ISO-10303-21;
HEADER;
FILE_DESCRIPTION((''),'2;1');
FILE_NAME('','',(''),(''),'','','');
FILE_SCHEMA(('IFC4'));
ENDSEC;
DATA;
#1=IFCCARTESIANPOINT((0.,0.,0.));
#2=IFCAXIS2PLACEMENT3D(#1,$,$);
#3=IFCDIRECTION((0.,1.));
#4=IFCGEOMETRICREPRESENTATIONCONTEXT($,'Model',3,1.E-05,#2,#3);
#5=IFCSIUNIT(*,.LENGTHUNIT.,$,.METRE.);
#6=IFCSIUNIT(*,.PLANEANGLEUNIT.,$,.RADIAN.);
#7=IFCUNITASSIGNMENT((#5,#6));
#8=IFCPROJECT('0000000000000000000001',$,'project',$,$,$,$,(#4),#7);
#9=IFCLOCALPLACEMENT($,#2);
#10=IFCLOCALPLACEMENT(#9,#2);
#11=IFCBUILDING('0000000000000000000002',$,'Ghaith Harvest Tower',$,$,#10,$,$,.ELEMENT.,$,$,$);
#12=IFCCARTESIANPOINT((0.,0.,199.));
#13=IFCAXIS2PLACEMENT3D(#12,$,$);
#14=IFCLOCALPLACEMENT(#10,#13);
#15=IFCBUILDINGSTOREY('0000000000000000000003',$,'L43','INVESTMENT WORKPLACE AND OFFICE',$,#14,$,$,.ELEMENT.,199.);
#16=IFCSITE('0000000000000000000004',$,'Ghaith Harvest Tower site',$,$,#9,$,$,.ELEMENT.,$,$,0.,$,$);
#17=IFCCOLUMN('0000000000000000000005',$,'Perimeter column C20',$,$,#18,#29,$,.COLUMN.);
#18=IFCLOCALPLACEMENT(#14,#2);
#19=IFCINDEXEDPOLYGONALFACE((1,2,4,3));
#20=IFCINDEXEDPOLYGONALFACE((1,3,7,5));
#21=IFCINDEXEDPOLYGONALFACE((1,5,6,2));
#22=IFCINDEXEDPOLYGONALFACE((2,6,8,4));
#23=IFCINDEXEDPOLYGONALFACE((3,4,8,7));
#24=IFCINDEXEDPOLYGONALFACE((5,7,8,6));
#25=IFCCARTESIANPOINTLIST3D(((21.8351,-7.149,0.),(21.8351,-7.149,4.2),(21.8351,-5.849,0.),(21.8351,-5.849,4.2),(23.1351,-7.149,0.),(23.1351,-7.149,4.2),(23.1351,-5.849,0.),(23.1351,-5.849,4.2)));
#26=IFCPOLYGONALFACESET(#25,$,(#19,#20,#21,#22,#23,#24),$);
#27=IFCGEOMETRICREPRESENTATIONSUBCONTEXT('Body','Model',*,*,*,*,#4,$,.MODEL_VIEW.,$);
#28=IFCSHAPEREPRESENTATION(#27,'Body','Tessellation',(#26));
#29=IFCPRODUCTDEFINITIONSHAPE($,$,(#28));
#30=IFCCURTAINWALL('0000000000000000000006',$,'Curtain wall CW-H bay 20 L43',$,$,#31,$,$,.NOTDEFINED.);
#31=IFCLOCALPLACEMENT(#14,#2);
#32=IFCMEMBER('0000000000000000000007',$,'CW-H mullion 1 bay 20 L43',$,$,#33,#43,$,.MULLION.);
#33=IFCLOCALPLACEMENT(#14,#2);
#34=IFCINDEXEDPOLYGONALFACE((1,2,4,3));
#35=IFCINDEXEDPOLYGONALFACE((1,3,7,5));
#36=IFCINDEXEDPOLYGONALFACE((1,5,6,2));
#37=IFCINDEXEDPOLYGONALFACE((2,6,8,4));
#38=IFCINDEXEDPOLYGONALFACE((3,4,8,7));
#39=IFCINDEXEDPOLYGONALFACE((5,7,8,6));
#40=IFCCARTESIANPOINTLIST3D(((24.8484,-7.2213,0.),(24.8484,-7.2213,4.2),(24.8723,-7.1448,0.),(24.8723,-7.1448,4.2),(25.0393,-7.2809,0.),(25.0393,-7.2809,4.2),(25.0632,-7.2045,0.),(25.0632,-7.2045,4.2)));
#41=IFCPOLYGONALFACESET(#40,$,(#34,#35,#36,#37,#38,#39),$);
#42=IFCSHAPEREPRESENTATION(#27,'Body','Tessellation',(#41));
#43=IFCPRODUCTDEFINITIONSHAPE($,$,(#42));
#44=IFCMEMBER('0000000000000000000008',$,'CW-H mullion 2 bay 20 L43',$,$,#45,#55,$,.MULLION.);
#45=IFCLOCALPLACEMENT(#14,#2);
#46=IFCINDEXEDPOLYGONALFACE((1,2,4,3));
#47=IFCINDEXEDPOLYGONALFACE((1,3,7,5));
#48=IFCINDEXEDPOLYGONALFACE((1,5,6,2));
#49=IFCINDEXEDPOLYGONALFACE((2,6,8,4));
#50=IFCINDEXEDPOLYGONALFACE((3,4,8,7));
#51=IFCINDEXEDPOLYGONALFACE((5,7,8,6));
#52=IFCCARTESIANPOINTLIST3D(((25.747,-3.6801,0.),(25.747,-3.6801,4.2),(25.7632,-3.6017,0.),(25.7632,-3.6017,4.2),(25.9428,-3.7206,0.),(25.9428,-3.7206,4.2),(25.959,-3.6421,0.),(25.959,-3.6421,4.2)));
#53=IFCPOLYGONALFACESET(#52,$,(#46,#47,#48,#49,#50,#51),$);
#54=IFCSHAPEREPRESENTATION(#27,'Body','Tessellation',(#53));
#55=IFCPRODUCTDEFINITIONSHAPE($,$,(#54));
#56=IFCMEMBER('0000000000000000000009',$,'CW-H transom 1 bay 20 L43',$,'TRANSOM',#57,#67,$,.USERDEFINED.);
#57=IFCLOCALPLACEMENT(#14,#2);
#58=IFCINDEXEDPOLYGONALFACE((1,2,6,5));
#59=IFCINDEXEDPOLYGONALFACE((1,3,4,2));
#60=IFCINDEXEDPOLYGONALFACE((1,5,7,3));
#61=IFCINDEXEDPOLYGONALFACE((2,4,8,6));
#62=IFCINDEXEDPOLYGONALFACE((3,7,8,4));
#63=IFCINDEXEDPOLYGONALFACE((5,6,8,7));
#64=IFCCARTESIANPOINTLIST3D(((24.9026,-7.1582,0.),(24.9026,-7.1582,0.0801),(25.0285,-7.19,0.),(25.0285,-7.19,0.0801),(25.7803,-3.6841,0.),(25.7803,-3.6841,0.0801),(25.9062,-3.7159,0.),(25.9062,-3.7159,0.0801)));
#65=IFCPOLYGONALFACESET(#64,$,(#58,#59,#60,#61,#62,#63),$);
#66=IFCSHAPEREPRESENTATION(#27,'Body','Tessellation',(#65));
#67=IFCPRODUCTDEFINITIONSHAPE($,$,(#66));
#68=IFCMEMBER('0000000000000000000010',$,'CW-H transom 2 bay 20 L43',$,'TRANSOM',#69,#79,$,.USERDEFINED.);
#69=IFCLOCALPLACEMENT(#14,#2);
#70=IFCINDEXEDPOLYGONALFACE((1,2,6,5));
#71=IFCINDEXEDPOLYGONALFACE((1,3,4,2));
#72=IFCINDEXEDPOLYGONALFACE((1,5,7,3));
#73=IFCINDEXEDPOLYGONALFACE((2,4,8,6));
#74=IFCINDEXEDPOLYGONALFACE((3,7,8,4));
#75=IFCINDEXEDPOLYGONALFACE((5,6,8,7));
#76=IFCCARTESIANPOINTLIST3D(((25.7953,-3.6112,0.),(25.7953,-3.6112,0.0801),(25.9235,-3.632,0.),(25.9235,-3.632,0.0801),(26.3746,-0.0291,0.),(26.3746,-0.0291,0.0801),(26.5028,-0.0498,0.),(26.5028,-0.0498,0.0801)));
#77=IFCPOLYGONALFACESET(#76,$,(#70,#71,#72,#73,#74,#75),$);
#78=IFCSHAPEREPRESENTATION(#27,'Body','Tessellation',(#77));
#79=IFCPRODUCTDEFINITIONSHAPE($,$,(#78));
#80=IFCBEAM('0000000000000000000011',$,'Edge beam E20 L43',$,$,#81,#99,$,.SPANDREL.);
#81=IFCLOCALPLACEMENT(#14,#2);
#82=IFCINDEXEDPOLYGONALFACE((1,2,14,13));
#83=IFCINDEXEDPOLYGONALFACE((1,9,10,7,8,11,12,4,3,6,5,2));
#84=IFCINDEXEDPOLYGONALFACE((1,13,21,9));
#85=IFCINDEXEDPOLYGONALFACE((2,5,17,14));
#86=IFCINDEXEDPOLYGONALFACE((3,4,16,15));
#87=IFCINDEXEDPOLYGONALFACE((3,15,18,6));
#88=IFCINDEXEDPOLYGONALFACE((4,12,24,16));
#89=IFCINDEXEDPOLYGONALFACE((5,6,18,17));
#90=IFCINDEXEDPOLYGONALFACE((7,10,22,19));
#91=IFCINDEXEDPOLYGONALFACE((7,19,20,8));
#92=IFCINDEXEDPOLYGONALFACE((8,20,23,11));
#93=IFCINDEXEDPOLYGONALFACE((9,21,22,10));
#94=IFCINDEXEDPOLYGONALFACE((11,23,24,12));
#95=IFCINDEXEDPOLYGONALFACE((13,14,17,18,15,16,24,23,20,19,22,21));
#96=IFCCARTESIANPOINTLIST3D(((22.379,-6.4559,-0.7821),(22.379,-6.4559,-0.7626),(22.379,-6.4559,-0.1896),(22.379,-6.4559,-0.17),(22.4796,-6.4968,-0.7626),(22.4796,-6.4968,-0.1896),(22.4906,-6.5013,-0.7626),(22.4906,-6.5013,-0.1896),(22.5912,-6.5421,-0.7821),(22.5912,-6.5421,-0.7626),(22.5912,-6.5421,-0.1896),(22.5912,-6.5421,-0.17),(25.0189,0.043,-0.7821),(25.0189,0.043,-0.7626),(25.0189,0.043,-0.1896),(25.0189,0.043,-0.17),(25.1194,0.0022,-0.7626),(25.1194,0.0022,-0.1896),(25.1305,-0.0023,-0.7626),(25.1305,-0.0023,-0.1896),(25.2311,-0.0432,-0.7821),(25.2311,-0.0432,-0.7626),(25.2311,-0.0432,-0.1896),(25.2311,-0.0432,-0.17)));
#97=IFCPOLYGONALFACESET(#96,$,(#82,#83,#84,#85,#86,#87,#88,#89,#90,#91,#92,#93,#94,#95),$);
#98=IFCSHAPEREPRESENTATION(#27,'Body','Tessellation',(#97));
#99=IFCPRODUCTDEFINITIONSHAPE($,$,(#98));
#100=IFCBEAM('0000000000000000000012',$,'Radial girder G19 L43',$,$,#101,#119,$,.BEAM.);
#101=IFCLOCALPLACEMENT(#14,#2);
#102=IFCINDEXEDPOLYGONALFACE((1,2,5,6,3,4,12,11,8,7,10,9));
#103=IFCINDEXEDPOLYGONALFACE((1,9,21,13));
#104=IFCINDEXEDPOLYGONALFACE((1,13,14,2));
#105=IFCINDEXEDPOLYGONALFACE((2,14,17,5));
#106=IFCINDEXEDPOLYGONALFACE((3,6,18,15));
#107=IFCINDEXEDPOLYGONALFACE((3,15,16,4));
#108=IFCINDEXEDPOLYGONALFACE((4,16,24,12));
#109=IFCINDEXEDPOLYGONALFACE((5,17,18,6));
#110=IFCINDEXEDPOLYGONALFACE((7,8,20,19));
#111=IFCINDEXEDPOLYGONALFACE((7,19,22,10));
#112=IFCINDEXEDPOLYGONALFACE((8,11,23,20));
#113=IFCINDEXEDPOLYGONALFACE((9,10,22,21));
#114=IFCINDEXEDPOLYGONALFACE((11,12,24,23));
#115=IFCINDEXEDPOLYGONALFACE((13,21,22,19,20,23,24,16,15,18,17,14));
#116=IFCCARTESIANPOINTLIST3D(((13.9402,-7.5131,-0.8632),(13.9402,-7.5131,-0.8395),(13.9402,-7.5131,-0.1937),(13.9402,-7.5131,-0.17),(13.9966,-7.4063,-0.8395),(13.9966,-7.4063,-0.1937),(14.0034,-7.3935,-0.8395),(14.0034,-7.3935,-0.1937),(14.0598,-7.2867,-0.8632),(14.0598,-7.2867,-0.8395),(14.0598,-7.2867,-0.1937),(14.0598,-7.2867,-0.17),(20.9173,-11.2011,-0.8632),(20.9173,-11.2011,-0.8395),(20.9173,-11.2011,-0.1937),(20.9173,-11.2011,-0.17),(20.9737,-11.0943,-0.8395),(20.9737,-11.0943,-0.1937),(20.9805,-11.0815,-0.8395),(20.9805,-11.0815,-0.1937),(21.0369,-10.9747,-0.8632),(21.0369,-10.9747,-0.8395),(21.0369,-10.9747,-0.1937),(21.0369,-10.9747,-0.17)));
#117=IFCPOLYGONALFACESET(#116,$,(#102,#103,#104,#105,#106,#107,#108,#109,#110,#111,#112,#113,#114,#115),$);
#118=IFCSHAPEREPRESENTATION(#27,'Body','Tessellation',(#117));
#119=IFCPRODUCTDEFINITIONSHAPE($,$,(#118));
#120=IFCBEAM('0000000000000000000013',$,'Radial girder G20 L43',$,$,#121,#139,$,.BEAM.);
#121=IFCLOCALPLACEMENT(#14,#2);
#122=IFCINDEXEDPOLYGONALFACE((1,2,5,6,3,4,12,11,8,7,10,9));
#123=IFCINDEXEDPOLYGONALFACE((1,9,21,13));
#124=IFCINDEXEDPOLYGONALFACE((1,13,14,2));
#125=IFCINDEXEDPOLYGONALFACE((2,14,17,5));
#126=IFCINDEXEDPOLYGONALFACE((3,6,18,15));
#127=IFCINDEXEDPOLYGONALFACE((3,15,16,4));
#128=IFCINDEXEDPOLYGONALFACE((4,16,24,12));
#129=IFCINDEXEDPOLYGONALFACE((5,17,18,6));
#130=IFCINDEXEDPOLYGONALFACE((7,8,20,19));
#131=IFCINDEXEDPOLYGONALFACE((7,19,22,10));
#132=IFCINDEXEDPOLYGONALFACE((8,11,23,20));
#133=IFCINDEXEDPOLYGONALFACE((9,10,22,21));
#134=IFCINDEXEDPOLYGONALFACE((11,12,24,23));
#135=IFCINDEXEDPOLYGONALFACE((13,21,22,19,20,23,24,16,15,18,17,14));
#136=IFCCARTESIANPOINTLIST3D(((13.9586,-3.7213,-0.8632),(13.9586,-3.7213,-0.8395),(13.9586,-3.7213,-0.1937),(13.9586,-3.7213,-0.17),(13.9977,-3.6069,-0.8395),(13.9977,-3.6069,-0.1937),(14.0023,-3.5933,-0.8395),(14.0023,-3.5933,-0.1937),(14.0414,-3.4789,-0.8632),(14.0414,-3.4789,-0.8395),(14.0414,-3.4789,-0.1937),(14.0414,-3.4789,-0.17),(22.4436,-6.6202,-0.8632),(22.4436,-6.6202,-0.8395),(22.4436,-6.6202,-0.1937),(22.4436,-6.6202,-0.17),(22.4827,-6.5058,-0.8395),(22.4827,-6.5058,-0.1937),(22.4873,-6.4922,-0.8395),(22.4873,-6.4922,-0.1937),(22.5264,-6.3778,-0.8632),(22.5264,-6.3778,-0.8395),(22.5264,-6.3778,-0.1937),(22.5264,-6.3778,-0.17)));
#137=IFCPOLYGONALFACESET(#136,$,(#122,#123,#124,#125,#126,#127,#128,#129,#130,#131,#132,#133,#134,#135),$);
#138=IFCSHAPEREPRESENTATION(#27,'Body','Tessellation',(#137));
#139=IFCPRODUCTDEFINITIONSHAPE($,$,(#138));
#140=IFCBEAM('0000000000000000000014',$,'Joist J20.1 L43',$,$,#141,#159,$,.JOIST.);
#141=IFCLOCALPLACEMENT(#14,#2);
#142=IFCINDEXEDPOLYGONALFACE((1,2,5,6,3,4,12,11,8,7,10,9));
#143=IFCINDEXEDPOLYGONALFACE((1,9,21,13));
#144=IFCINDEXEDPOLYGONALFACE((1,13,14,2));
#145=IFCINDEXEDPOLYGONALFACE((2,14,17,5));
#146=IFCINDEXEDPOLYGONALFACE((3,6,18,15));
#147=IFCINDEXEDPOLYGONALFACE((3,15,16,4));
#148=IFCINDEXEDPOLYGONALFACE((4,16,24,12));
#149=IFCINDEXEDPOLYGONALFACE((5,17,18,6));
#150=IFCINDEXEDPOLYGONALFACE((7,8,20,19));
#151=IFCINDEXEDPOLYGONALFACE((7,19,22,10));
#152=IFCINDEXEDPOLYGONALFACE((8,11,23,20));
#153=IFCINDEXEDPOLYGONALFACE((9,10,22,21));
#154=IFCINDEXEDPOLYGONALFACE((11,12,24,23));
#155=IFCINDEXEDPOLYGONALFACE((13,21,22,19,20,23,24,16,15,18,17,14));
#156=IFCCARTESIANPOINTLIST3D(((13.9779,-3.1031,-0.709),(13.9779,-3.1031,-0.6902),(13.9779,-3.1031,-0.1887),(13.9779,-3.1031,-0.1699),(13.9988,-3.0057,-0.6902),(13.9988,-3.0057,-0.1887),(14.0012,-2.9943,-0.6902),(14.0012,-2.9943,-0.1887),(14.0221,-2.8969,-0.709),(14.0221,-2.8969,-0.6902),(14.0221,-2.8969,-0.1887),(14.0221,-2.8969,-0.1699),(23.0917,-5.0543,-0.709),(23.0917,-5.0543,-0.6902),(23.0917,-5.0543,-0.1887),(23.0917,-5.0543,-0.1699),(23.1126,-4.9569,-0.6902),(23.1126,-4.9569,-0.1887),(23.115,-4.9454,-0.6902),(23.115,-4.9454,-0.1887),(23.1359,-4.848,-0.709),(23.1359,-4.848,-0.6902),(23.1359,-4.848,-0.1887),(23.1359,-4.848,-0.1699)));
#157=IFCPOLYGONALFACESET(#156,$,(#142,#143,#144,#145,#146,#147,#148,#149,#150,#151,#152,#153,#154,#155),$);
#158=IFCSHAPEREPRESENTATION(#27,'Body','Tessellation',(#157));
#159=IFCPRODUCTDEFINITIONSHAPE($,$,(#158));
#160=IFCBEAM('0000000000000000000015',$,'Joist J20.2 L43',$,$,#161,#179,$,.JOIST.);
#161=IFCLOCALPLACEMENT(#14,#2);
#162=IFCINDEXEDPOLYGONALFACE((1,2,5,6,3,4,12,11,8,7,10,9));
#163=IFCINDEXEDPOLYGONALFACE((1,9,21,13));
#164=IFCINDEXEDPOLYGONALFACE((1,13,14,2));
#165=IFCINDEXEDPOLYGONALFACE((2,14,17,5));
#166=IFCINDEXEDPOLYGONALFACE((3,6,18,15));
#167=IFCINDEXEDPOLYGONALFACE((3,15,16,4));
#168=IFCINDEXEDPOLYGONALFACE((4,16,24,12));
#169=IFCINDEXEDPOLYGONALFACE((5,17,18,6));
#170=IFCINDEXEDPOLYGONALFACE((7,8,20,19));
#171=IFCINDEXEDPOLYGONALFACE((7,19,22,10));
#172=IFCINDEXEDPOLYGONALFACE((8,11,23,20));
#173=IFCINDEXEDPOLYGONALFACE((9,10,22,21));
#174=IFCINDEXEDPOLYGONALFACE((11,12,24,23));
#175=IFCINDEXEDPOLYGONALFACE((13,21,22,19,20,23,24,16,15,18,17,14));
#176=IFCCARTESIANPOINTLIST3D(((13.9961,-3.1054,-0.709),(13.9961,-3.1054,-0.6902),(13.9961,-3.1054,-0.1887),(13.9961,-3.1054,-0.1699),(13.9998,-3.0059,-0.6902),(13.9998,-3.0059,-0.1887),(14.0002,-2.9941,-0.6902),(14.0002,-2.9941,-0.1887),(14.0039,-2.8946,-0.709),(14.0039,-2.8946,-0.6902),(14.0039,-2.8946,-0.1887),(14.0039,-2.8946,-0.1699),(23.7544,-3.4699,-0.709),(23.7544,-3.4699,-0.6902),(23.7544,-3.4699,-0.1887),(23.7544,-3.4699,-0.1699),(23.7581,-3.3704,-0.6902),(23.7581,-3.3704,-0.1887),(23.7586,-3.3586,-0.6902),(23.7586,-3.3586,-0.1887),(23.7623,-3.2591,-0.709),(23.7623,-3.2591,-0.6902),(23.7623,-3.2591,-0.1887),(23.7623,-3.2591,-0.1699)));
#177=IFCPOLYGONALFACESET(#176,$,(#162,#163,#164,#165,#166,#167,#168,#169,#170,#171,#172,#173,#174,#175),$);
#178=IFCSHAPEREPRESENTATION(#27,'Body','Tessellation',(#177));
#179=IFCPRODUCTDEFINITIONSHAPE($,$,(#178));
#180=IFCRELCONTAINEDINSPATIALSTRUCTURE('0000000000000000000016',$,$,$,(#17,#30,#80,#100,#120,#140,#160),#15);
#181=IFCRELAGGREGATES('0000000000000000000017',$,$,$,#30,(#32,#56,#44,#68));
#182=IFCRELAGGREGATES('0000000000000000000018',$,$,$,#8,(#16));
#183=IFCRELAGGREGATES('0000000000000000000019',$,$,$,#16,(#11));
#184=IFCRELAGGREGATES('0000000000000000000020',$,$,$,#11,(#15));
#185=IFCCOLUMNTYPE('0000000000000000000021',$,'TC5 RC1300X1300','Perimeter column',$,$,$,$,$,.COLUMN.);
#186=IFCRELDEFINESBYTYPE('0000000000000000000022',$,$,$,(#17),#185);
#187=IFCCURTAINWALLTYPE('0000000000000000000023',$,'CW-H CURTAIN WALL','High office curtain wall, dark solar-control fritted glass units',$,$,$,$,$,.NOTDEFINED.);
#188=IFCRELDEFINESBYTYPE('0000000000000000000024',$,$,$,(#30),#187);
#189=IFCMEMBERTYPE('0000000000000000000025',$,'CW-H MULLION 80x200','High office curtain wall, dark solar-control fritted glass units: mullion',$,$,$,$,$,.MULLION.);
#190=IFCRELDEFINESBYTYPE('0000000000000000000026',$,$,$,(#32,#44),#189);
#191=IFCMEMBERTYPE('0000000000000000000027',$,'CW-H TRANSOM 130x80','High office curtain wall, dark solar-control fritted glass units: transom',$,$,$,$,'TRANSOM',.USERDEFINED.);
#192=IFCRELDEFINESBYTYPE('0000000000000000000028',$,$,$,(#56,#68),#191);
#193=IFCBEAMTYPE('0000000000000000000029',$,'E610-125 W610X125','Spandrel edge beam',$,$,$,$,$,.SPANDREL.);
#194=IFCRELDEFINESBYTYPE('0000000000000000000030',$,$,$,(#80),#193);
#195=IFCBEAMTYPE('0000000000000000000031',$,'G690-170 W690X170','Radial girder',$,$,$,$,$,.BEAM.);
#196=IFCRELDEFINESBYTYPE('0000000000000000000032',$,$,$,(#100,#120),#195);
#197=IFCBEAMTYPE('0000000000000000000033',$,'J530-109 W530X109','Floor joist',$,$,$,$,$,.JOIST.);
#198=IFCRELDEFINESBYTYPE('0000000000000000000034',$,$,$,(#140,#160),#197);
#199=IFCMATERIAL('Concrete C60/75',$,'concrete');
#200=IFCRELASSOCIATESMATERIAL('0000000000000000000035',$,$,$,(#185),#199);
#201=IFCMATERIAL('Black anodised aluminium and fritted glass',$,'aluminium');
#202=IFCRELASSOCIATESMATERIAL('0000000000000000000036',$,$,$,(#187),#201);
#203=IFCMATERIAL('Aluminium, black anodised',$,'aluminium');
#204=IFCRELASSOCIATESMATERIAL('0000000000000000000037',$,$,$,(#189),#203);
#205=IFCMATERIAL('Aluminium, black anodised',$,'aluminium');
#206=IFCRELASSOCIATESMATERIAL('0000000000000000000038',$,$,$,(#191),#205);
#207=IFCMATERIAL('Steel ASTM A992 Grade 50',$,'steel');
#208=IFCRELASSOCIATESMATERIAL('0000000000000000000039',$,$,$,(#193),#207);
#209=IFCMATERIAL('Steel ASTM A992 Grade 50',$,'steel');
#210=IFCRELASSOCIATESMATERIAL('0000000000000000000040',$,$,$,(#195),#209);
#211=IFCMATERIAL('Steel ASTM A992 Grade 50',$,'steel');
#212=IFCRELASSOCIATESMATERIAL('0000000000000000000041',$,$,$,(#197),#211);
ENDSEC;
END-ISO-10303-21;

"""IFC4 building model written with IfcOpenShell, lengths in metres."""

from ifc_helpers import new_model, si_unit, direction, frame, origin, origin_2d, place, context, subcontext, project, spatial, rectangle, i_section, extrude, material, material_profile, profile_set, type_object, element, aggregate, save


model = new_model("IFC4")

# Units and contexts
model_context = context("Model", 3, precision=1e-05, world=origin(), true_north=direction((0.0, 1.0)))
body_context = subcontext(model_context, "Body", "Model", "MODEL_VIEW")
ifc_project = project(units=[si_unit("LENGTHUNIT", "METRE"), si_unit("PLANEANGLEUNIT", "RADIAN")], contexts=[model_context])

# Site, building, storey
site_placement = place(None, origin())
site = spatial("IfcSite", under=ifc_project, at=site_placement, Name="Ghaith Harvest Tower site", CompositionType="ELEMENT", RefElevation=0.0)
building_placement = place(site_placement, origin())
building = spatial("IfcBuilding", under=site, at=building_placement, Name="Ghaith Harvest Tower", CompositionType="ELEMENT")
storey_placement = place(building_placement, frame((0.0, 0.0, 199.0)))
storey = spatial("IfcBuildingStorey", under=building, at=storey_placement, Name="L43", Description="INVESTMENT WORKPLACE AND OFFICE", CompositionType="ELEMENT", Elevation=199.0)

# Column
ifc_material_1 = material(Name="Concrete C60/75", Category="concrete")
ifc_material_profile_1 = material_profile(ifc_material_1, rectangle(XDim=1.3, YDim=1.3, at=origin_2d()), Name="RC1300X1300")
ifc_profile_set_1 = profile_set([ifc_material_profile_1], Name="Concrete C60/75")
column_type = type_object("IfcColumnType", Name="TC5 RC1300X1300", Description="Perimeter column", PredefinedType="COLUMN", material=ifc_profile_set_1)
column_placement = place(storey_placement, frame((22.4851, -6.499, 0.0), z_axis=(0.0, 0.0, 1.0), x_axis=(1.0, 0.0, 0.0)))
element("IfcColumn", 1, at=column_placement, inside=storey, type_object=column_type, Name="Perimeter column C20", PredefinedType="COLUMN", context=body_context, shape_type="SweptSolid", body=[
    extrude(rectangle(XDim=1.3, YDim=1.3, at=origin_2d()), origin(), (0.0, 0.0, 1.0), 4.2),
])

# Curtain wall, members
ifc_material_2 = material(Name="Black anodised aluminium and fritted glass", Category="aluminium")
curtain_wall_type = type_object("IfcCurtainWallType", Name="CW-H CURTAIN WALL", Description="High office curtain wall, dark solar-control fritted glass units", PredefinedType="NOTDEFINED", material=ifc_material_2)
curtain_wall_placement = place(storey_placement, origin())
curtain_wall = element("IfcCurtainWall", 2, at=curtain_wall_placement, inside=storey, type_object=curtain_wall_type, Name="Curtain wall CW-H bay 20 L43", PredefinedType="NOTDEFINED")
ifc_material_3 = material(Name="Aluminium, black anodised", Category="aluminium")
ifc_material_profile_2 = material_profile(ifc_material_3, rectangle(XDim=0.0801, YDim=0.2, at=origin_2d()), Name="CW-H MULLION 80x200")
ifc_profile_set_2 = profile_set([ifc_material_profile_2], Name="Aluminium, black anodised")
member_type_1 = type_object("IfcMemberType", Name="CW-H MULLION 80x200", Description="High office curtain wall, dark solar-control fritted glass units: mullion", PredefinedType="MULLION", material=ifc_profile_set_2)
member_1_placement = place(storey_placement, frame((24.9558, -7.2129, 0.0), z_axis=(0.0, 0.0, 1.0), x_axis=(0.298442, 0.954428, 0.0)))
member_1 = element("IfcMember", 3, at=member_1_placement, type_object=member_type_1, Name="CW-H mullion 1 bay 20 L43", PredefinedType="MULLION", context=body_context, shape_type="SweptSolid", body=[
    extrude(rectangle(XDim=0.0801, YDim=0.2, at=origin_2d()), origin(), (0.0, 0.0, 1.0), 4.2),
])
member_2_placement = place(storey_placement, frame((25.853, -3.6611, 0.0), z_axis=(0.0, 0.0, 1.0), x_axis=(0.202192, 0.979346, 0.0)))
member_2 = element("IfcMember", 4, at=member_2_placement, type_object=member_type_1, Name="CW-H mullion 2 bay 20 L43", PredefinedType="MULLION", context=body_context, shape_type="SweptSolid", body=[
    extrude(rectangle(XDim=0.0801, YDim=0.2, at=origin_2d()), origin(), (0.0, 0.0, 1.0), 4.2),
])
ifc_material_4 = material(Name="Aluminium, black anodised", Category="aluminium")
ifc_material_profile_3 = material_profile(ifc_material_4, rectangle(XDim=0.1299, YDim=0.0801, at=origin_2d()), Name="CW-H TRANSOM 130x80")
ifc_profile_set_3 = profile_set([ifc_material_profile_3], Name="Aluminium, black anodised")
member_type_2 = type_object("IfcMemberType", Name="CW-H TRANSOM 130x80", Description="High office curtain wall, dark solar-control fritted glass units: transom", ElementType="TRANSOM", PredefinedType="USERDEFINED", material=ifc_profile_set_3)
member_3_placement = place(storey_placement, frame((24.9656, -7.1741, 0.04), z_axis=(0.24494, 0.969538, 0.0), x_axis=(-0.969538, 0.24494, 0.0)))
member_3 = element("IfcMember", 5, at=member_3_placement, type_object=member_type_2, Name="CW-H transom 1 bay 20 L43", ObjectType="TRANSOM", PredefinedType="USERDEFINED", context=body_context, shape_type="SweptSolid", body=[
    extrude(rectangle(XDim=0.1299, YDim=0.0801, at=origin_2d()), origin(), (0.0, 0.0, 1.0), 3.5833),
])
member_4_placement = place(storey_placement, frame((25.8594, -3.6216, 0.04), z_axis=(0.159662, 0.987172, 0.0), x_axis=(-0.987172, 0.159662, 0.0)))
member_4 = element("IfcMember", 6, at=member_4_placement, type_object=member_type_2, Name="CW-H transom 2 bay 20 L43", ObjectType="TRANSOM", PredefinedType="USERDEFINED", context=body_context, shape_type="SweptSolid", body=[
    extrude(rectangle(XDim=0.1299, YDim=0.0801, at=origin_2d()), origin(), (0.0, 0.0, 1.0), 3.6287),
])

# Beams
ifc_material_5 = material(Name="Steel ASTM A992 Grade 50", Category="steel")
ifc_material_profile_4 = material_profile(ifc_material_5, i_section(OverallWidth=0.229, OverallDepth=0.6121, WebThickness=0.012, FlangeThickness=0.0195, at=origin_2d()), Name="W610X125")
ifc_profile_set_4 = profile_set([ifc_material_profile_4], Name="Steel ASTM A992 Grade 50")
beam_type_1 = type_object("IfcBeamType", Name="E610-125 W610X125", Description="Spandrel edge beam", PredefinedType="SPANDREL", material=ifc_profile_set_4)
beam_1_placement = place(storey_placement, frame((22.4851, -6.499, -0.4761), z_axis=(0.376336, 0.926483, 0.0), x_axis=(-0.926483, 0.376336, 0.0)))
element("IfcBeam", 7, at=beam_1_placement, inside=storey, type_object=beam_type_1, Name="Edge beam E20 L43", PredefinedType="SPANDREL", context=body_context, shape_type="SweptSolid", body=[
    extrude(i_section(OverallWidth=0.229, OverallDepth=0.6121, WebThickness=0.012, FlangeThickness=0.0195, at=origin_2d()), origin(), (0.0, 0.0, 1.0), 7.0146),
])
ifc_material_6 = material(Name="Steel ASTM A992 Grade 50", Category="steel")
ifc_material_profile_5 = material_profile(ifc_material_6, i_section(OverallWidth=0.2561, OverallDepth=0.6931, WebThickness=0.0144, FlangeThickness=0.0237, at=origin_2d()), Name="W690X170")
ifc_profile_set_5 = profile_set([ifc_material_profile_5], Name="Steel ASTM A992 Grade 50")
beam_type_2 = type_object("IfcBeamType", Name="G690-170 W690X170", Description="Radial girder", PredefinedType="BEAM", material=ifc_profile_set_5)
beam_2_placement = place(storey_placement, frame((14.0, -7.3999, -0.5166), z_axis=(0.884089, -0.467319, 0.0), x_axis=(0.467319, 0.884089, 0.0)))
element("IfcBeam", 8, at=beam_2_placement, inside=storey, type_object=beam_type_2, Name="Radial girder G19 L43", PredefinedType="BEAM", context=body_context, shape_type="SweptSolid", body=[
    extrude(i_section(OverallWidth=0.2561, OverallDepth=0.6931, WebThickness=0.0144, FlangeThickness=0.0237, at=origin_2d()), origin(), (0.0, 0.0, 1.0), 7.8918),
])
beam_3_placement = place(storey_placement, frame((14.0, -3.6001, -0.5166), z_axis=(0.946296, -0.323301, 0.0), x_axis=(0.323301, 0.946296, 0.0)))
element("IfcBeam", 9, at=beam_3_placement, inside=storey, type_object=beam_type_2, Name="Radial girder G20 L43", PredefinedType="BEAM", context=body_context, shape_type="SweptSolid", body=[
    extrude(i_section(OverallWidth=0.2561, OverallDepth=0.6931, WebThickness=0.0144, FlangeThickness=0.0237, at=origin_2d()), origin(), (0.0, 0.0, 1.0), 8.9666),
])
ifc_material_7 = material(Name="Steel ASTM A992 Grade 50", Category="steel")
ifc_material_profile_6 = material_profile(ifc_material_7, i_section(OverallWidth=0.2109, OverallDepth=0.5391, WebThickness=0.0117, FlangeThickness=0.0188, at=origin_2d()), Name="W530X109")
ifc_profile_set_6 = profile_set([ifc_material_profile_6], Name="Steel ASTM A992 Grade 50")
beam_type_3 = type_object("IfcBeamType", Name="J530-109 W530X109", Description="Floor joist", PredefinedType="JOIST", material=ifc_profile_set_6)
beam_4_placement = place(storey_placement, frame((14.0, -3.0, -0.4395), z_axis=(0.977841, -0.209347, 0.0), x_axis=(0.209347, 0.977841, 0.0)))
element("IfcBeam", 10, at=beam_4_placement, inside=storey, type_object=beam_type_3, Name="Joist J20.1 L43", PredefinedType="JOIST", context=body_context, shape_type="SweptSolid", body=[
    extrude(i_section(OverallWidth=0.2109, OverallDepth=0.5391, WebThickness=0.0117, FlangeThickness=0.0188, at=origin_2d()), origin(), (0.0, 0.0, 1.0), 9.3203),
])
beam_5_placement = place(storey_placement, frame((14.0, -3.0, -0.4395), z_axis=(0.999303, -0.037327, 0.0), x_axis=(0.037327, 0.999303, 0.0)))
element("IfcBeam", 11, at=beam_5_placement, inside=storey, type_object=beam_type_3, Name="Joist J20.2 L43", PredefinedType="JOIST", context=body_context, shape_type="SweptSolid", body=[
    extrude(i_section(OverallWidth=0.2109, OverallDepth=0.5391, WebThickness=0.0117, FlangeThickness=0.0188, at=origin_2d()), origin(), (0.0, 0.0, 1.0), 9.7651),
])

aggregate(curtain_wall, [member_1, member_3, member_2, member_4])

save(model, "model.ifc")
